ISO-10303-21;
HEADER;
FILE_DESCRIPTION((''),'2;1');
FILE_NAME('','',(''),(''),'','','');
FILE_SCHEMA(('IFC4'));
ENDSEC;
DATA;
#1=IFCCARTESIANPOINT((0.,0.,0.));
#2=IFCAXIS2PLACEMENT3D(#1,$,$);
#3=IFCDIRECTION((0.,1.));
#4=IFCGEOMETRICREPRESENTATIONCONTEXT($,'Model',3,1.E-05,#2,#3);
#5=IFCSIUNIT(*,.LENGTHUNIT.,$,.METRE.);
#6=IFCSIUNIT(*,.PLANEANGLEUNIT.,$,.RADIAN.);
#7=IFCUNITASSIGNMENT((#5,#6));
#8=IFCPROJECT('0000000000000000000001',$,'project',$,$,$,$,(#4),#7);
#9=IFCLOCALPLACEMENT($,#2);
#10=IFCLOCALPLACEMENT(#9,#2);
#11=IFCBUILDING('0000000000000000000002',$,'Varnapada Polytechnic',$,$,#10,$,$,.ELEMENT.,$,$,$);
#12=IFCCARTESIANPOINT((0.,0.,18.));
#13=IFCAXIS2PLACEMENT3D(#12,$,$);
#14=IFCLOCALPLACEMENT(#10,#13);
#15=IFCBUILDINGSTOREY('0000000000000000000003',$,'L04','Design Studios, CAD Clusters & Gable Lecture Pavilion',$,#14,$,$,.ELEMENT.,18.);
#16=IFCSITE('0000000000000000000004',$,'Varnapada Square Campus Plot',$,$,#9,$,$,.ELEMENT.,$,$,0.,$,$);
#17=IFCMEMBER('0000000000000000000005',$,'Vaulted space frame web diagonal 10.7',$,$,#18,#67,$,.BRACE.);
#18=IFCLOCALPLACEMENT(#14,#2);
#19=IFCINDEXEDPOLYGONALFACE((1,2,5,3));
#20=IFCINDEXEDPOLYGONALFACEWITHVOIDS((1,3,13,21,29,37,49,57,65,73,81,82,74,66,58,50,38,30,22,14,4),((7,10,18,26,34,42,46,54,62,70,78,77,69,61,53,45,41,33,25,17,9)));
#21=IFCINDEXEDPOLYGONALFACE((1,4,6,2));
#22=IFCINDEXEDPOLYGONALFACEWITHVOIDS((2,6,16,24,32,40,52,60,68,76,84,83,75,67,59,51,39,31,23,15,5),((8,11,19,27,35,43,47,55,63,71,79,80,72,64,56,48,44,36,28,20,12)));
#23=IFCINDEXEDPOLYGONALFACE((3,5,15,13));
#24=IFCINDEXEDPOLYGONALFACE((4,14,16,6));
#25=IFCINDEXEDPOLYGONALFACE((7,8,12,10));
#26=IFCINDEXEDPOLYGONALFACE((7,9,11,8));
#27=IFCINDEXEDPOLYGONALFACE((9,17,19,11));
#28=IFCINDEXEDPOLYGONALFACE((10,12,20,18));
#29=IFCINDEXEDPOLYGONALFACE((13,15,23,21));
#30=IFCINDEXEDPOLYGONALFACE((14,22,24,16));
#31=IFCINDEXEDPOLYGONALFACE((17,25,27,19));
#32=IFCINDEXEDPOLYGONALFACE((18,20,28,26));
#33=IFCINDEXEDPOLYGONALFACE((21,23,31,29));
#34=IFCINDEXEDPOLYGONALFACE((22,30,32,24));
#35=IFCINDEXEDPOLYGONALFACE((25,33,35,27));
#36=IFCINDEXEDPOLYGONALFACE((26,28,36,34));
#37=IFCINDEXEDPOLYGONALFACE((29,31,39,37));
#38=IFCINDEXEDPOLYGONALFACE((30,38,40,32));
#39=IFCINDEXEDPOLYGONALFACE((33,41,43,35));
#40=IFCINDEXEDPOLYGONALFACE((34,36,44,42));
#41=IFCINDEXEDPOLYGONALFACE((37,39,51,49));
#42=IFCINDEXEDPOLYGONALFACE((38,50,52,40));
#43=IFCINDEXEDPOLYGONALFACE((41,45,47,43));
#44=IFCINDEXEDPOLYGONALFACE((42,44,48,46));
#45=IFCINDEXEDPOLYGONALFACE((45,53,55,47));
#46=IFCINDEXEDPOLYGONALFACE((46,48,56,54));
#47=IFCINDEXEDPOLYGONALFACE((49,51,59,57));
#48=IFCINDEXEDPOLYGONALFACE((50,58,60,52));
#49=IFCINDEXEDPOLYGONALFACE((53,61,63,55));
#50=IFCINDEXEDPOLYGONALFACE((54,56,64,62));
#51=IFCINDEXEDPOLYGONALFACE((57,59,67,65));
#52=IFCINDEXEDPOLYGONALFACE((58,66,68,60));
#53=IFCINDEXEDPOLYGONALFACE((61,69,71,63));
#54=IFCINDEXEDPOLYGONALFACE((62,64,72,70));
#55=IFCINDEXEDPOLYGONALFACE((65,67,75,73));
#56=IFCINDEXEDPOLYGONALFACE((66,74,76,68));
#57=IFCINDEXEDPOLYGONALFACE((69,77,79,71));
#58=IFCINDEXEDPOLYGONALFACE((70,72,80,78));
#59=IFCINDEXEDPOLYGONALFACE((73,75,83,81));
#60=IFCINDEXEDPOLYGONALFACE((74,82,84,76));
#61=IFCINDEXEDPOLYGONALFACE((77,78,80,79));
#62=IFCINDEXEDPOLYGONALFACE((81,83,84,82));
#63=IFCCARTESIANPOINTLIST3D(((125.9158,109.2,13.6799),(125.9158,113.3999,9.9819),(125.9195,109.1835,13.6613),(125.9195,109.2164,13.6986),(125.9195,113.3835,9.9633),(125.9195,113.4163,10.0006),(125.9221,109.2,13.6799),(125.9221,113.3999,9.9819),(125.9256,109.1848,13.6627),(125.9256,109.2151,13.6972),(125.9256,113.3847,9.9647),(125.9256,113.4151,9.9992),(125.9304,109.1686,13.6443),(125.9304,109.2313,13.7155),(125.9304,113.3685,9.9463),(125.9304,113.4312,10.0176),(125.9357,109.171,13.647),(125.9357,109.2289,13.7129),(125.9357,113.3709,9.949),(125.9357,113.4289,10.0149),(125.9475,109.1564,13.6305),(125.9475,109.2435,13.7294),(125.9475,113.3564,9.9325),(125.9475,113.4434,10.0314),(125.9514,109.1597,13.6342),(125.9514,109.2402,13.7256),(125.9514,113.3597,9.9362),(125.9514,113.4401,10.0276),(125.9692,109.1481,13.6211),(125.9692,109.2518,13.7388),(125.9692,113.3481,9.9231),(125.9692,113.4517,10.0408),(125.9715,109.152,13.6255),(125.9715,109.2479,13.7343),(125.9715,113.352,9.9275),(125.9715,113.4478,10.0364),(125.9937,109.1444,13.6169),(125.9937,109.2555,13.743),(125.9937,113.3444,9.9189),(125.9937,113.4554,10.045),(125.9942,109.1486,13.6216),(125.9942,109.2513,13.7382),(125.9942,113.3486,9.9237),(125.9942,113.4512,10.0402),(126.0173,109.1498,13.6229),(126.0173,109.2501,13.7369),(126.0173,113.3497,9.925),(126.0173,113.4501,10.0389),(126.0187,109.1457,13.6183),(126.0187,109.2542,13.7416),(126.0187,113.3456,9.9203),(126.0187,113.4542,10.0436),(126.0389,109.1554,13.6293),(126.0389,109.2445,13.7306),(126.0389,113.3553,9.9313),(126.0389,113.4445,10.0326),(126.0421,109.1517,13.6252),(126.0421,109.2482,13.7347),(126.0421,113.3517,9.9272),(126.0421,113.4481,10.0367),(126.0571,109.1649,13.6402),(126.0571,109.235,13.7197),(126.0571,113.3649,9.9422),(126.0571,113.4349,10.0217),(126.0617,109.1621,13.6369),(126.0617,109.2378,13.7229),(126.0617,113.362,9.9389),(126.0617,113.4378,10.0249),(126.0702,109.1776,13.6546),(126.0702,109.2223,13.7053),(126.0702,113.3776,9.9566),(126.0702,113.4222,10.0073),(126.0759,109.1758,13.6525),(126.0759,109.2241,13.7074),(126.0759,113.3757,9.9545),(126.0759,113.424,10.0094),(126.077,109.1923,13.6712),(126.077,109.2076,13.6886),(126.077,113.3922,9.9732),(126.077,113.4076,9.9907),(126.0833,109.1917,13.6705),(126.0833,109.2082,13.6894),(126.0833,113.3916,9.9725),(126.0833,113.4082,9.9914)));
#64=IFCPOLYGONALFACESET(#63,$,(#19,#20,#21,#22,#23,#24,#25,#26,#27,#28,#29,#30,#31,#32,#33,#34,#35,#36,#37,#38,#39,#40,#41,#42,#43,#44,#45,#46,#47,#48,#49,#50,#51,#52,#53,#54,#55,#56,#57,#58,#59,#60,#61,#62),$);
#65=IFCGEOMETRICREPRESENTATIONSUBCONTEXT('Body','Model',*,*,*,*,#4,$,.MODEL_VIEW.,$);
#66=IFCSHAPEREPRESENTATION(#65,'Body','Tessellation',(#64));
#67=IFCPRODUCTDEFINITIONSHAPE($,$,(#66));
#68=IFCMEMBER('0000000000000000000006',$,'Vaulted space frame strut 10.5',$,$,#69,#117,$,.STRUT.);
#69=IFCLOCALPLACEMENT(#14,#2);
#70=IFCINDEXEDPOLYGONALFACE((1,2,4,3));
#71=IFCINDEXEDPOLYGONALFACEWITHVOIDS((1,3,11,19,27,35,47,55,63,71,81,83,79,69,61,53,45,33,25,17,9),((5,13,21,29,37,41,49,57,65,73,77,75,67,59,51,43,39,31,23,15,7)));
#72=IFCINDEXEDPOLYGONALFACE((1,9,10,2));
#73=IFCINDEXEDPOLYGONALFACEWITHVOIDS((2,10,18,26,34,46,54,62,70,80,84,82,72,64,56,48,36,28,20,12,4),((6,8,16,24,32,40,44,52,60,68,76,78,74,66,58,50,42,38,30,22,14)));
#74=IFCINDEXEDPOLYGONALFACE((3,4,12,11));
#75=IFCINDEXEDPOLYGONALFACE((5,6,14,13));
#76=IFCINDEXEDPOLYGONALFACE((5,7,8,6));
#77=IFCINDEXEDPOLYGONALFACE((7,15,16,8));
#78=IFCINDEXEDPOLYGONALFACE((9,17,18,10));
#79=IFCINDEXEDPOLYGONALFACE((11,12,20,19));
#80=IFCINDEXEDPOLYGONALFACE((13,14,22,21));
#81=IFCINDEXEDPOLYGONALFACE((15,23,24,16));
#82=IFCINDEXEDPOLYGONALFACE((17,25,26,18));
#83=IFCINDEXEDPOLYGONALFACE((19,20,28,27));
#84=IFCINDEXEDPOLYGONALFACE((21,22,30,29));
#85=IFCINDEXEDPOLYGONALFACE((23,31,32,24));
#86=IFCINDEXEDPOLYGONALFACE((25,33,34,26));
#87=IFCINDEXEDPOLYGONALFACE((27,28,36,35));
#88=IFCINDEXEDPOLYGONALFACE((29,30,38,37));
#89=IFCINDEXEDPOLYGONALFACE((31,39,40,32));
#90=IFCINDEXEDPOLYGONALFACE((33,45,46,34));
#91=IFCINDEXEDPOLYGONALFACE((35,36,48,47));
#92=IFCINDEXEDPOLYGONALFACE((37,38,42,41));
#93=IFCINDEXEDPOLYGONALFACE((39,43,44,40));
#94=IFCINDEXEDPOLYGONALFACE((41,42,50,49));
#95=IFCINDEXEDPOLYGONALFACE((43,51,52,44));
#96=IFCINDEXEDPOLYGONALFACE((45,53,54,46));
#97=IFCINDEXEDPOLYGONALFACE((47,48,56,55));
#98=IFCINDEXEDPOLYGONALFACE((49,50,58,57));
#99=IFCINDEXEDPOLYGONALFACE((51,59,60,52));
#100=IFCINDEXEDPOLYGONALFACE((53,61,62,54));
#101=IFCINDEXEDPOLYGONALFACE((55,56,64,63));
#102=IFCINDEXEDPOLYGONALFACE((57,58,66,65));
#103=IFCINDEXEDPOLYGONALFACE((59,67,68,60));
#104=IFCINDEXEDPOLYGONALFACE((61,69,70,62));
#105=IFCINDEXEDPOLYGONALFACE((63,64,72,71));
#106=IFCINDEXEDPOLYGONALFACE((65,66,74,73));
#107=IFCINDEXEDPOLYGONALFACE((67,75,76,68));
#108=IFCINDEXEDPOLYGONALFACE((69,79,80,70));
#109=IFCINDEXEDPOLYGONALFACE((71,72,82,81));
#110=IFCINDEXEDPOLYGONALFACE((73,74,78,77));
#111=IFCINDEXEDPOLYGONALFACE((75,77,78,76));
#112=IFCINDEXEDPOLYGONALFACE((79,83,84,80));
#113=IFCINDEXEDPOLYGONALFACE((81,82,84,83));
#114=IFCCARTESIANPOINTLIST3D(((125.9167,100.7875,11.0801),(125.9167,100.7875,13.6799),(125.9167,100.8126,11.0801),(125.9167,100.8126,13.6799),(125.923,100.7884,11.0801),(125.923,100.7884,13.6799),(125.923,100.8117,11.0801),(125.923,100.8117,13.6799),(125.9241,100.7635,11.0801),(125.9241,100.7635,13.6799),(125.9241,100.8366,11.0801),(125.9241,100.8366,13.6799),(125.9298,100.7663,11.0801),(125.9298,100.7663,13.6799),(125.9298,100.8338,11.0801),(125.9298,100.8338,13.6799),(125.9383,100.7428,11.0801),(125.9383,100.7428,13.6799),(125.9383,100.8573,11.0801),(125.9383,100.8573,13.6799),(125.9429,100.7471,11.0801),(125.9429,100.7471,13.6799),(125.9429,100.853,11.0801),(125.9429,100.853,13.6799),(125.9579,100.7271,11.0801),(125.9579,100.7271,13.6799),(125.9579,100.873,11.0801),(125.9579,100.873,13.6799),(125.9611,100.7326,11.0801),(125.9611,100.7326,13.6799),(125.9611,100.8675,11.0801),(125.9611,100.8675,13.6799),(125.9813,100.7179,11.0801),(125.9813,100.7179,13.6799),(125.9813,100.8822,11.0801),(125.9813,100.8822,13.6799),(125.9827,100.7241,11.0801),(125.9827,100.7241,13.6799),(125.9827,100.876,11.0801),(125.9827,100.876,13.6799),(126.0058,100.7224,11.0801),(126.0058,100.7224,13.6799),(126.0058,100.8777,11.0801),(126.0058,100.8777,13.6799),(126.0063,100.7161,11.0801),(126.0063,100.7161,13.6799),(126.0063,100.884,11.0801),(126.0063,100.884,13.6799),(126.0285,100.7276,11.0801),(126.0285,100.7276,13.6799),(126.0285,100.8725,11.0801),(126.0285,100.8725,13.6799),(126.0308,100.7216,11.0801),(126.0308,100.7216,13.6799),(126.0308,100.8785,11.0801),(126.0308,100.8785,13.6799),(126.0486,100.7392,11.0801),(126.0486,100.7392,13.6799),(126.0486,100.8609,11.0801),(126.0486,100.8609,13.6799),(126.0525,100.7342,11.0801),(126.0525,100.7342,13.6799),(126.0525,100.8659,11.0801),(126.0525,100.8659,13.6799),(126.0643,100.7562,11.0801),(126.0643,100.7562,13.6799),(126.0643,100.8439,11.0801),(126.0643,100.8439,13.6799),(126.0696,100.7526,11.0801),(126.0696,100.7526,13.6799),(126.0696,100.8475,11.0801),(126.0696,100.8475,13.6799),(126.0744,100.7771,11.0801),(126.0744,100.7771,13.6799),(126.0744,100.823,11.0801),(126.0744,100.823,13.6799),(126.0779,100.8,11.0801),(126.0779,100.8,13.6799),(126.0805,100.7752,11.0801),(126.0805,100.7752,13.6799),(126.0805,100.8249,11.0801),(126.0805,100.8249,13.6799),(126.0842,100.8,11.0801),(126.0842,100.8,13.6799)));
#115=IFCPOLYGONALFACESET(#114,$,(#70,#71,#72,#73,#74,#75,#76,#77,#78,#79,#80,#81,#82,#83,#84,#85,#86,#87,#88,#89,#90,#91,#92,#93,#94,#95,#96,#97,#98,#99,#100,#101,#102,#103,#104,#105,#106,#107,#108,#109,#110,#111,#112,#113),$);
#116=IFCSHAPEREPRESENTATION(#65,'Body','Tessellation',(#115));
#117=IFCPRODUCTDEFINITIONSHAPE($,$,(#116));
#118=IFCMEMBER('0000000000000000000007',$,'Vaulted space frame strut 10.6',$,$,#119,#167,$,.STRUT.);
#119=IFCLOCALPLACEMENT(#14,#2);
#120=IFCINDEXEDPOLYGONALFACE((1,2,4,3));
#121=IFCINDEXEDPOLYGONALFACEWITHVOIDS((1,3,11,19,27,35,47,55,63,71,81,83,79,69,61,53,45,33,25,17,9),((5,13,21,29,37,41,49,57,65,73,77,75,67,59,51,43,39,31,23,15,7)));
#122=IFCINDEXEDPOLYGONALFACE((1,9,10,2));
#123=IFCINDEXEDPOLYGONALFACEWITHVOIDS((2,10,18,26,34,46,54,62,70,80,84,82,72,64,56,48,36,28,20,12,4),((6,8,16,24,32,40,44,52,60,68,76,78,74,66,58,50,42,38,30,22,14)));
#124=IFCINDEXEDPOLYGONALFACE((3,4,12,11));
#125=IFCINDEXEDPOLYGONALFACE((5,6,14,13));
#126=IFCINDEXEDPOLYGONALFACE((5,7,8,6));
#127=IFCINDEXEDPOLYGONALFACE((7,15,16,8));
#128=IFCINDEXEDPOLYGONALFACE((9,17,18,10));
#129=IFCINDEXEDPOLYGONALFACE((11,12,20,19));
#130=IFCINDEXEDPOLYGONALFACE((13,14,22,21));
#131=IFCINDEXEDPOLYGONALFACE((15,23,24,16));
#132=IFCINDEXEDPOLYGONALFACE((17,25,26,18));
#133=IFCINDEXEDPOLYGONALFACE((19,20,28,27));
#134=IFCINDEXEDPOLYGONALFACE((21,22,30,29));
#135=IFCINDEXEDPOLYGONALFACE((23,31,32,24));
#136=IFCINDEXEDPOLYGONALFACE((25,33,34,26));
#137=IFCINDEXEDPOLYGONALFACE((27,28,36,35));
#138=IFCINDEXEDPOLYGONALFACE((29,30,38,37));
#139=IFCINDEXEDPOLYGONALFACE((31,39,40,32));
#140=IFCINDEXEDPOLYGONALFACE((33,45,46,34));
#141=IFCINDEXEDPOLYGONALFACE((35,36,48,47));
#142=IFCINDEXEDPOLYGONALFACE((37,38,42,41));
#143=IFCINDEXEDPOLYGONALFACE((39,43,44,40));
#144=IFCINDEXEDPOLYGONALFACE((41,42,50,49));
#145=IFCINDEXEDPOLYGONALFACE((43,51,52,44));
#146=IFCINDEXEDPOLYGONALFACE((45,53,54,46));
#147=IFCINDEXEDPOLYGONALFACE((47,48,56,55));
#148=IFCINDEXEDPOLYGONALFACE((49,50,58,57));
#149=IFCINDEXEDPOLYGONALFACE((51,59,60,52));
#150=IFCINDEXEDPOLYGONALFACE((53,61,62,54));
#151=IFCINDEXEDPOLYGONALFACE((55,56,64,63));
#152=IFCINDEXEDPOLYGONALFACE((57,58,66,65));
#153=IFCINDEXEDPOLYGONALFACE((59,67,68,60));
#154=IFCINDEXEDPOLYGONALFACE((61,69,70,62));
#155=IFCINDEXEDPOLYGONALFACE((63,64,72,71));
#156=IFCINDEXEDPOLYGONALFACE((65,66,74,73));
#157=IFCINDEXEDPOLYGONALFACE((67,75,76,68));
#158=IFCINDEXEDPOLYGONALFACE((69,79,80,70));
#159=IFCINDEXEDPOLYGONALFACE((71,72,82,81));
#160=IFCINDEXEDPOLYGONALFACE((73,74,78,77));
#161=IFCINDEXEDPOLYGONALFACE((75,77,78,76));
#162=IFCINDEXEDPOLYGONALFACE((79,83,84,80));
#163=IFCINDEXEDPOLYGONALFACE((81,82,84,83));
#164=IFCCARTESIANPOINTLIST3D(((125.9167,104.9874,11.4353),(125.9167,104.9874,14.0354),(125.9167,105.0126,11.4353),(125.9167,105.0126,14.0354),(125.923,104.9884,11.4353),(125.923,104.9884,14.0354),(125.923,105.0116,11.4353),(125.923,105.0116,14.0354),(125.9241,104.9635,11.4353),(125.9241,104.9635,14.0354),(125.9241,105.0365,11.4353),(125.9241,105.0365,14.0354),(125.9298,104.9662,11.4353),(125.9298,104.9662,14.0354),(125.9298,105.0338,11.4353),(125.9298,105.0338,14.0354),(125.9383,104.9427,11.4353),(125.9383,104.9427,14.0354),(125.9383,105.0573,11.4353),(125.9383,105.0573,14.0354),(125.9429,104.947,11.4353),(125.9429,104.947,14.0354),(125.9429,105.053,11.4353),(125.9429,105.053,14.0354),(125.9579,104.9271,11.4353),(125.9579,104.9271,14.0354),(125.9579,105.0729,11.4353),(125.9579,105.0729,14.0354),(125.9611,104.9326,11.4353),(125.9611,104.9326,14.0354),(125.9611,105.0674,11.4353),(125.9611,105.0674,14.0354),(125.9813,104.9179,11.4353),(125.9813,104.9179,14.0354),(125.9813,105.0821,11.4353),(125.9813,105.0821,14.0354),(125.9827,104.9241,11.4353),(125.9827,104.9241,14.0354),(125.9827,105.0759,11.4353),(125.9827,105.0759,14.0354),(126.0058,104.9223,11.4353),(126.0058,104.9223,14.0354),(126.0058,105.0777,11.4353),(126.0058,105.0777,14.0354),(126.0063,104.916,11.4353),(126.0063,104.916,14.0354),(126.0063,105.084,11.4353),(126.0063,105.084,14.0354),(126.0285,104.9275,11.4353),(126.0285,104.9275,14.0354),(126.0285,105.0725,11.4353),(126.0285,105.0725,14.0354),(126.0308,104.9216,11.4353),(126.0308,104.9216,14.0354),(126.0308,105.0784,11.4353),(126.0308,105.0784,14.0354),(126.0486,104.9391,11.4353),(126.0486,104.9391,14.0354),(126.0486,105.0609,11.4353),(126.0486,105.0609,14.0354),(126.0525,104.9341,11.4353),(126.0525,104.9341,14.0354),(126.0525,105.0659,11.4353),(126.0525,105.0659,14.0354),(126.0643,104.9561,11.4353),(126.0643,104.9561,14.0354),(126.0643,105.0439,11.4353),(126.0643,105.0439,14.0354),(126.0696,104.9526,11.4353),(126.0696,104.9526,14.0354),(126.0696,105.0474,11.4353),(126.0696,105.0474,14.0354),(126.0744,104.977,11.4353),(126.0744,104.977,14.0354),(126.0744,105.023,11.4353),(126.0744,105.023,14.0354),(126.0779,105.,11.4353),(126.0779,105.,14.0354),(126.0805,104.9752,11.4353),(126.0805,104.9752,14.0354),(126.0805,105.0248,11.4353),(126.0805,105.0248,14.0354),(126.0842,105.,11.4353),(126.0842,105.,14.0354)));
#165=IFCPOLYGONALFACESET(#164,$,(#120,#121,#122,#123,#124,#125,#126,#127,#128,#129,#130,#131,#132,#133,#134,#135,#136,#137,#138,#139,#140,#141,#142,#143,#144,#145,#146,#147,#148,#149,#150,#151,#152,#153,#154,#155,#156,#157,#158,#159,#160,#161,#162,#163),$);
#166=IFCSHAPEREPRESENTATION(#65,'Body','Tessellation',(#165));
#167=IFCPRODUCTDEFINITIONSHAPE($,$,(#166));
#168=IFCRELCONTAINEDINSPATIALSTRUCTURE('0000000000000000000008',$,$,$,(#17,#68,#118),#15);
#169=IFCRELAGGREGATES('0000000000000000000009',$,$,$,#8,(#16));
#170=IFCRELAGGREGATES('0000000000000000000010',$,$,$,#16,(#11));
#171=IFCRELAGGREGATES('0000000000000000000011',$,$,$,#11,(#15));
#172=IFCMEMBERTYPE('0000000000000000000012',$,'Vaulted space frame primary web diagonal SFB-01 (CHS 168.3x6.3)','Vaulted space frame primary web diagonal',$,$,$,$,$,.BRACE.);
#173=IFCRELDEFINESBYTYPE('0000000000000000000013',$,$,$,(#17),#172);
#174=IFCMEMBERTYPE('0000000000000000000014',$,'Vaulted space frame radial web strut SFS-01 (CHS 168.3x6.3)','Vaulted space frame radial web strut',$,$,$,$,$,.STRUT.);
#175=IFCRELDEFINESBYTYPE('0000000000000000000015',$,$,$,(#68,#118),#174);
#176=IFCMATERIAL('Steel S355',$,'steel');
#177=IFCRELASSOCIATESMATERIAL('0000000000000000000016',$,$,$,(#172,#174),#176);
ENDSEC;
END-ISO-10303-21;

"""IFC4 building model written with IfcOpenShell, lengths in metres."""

from ifc_helpers import new_model, si_unit, direction, frame, origin, origin_2d, place, context, subcontext, project, spatial, hollow_circle, extrude, material, material_profile, profile_set, type_object, element, save


model = new_model("IFC4")

# Units and contexts
model_context = context("Model", 3, precision=1e-05, world=origin(), true_north=direction((0.0, 1.0)))
body_context = subcontext(model_context, "Body", "Model", "MODEL_VIEW")
ifc_project = project(units=[si_unit("LENGTHUNIT", "METRE"), si_unit("PLANEANGLEUNIT", "RADIAN")], contexts=[model_context])

# Site, building, storey
site_placement = place(None, origin())
site = spatial("IfcSite", under=ifc_project, at=site_placement, Name="Varnapada Square Campus Plot", CompositionType="ELEMENT", RefElevation=0.0)
building_placement = place(site_placement, origin())
building = spatial("IfcBuilding", under=site, at=building_placement, Name="Varnapada Polytechnic", CompositionType="ELEMENT")
storey_placement = place(building_placement, frame((0.0, 0.0, 18.0)))
storey = spatial("IfcBuildingStorey", under=building, at=storey_placement, Name="L04", Description="Design Studios, CAD Clusters & Gable Lecture Pavilion", CompositionType="ELEMENT", Elevation=18.0)

# Shared definitions
ifc_material = material(Name="Steel S355", Category="steel")

# Members
ifc_material_profile_1 = material_profile(ifc_material, hollow_circle(Radius=0.0842, WallThickness=0.0063, at=origin_2d()), Name="CHS 168.3x6.3")
ifc_profile_set_1 = profile_set([ifc_material_profile_1], Name="Steel S355")
member_type_1 = type_object("IfcMemberType", Name="Vaulted space frame primary web diagonal SFB-01 (CHS 168.3x6.3)", Description="Vaulted space frame primary web diagonal", PredefinedType="BRACE", material=ifc_profile_set_1)
member_1_placement = place(storey_placement, frame((126.0, 109.2, 13.6799), z_axis=(0.0, 0.750533, -0.660833), x_axis=(-1.0, 0.0, 0.0)))
element("IfcMember", 1, at=member_1_placement, inside=storey, type_object=member_type_1, Name="Vaulted space frame web diagonal 10.7", PredefinedType="BRACE", context=body_context, shape_type="SweptSolid", body=[
    extrude(hollow_circle(Radius=0.0842, WallThickness=0.0063, at=origin_2d()), origin(), (0.0, 0.0, 1.0), 5.5959),
])
ifc_material_profile_2 = material_profile(ifc_material, hollow_circle(Radius=0.0842, WallThickness=0.0063, at=origin_2d()), Name="CHS 168.3x6.3")
ifc_profile_set_2 = profile_set([ifc_material_profile_2], Name="Steel S355")
member_type_2 = type_object("IfcMemberType", Name="Vaulted space frame radial web strut SFS-01 (CHS 168.3x6.3)", Description="Vaulted space frame radial web strut", PredefinedType="STRUT", material=ifc_profile_set_2)
member_2_placement = place(storey_placement, frame((126.0, 100.8, 11.0801), z_axis=(0.0, 0.0, 1.0), x_axis=(1.0, 0.0, 0.0)))
element("IfcMember", 2, at=member_2_placement, inside=storey, type_object=member_type_2, Name="Vaulted space frame strut 10.5", PredefinedType="STRUT", context=body_context, shape_type="SweptSolid", body=[
    extrude(hollow_circle(Radius=0.0842, WallThickness=0.0063, at=origin_2d()), origin(), (0.0, 0.0, 1.0), 2.5999),
])
member_3_placement = place(storey_placement, frame((126.0, 105.0, 11.4353), z_axis=(0.0, 0.0, 1.0), x_axis=(1.0, 0.0, 0.0)))
element("IfcMember", 3, at=member_3_placement, inside=storey, type_object=member_type_2, Name="Vaulted space frame strut 10.6", PredefinedType="STRUT", context=body_context, shape_type="SweptSolid", body=[
    extrude(hollow_circle(Radius=0.0842, WallThickness=0.0063, at=origin_2d()), origin(), (0.0, 0.0, 1.0), 2.6001),
])

save(model, "model.ifc")
